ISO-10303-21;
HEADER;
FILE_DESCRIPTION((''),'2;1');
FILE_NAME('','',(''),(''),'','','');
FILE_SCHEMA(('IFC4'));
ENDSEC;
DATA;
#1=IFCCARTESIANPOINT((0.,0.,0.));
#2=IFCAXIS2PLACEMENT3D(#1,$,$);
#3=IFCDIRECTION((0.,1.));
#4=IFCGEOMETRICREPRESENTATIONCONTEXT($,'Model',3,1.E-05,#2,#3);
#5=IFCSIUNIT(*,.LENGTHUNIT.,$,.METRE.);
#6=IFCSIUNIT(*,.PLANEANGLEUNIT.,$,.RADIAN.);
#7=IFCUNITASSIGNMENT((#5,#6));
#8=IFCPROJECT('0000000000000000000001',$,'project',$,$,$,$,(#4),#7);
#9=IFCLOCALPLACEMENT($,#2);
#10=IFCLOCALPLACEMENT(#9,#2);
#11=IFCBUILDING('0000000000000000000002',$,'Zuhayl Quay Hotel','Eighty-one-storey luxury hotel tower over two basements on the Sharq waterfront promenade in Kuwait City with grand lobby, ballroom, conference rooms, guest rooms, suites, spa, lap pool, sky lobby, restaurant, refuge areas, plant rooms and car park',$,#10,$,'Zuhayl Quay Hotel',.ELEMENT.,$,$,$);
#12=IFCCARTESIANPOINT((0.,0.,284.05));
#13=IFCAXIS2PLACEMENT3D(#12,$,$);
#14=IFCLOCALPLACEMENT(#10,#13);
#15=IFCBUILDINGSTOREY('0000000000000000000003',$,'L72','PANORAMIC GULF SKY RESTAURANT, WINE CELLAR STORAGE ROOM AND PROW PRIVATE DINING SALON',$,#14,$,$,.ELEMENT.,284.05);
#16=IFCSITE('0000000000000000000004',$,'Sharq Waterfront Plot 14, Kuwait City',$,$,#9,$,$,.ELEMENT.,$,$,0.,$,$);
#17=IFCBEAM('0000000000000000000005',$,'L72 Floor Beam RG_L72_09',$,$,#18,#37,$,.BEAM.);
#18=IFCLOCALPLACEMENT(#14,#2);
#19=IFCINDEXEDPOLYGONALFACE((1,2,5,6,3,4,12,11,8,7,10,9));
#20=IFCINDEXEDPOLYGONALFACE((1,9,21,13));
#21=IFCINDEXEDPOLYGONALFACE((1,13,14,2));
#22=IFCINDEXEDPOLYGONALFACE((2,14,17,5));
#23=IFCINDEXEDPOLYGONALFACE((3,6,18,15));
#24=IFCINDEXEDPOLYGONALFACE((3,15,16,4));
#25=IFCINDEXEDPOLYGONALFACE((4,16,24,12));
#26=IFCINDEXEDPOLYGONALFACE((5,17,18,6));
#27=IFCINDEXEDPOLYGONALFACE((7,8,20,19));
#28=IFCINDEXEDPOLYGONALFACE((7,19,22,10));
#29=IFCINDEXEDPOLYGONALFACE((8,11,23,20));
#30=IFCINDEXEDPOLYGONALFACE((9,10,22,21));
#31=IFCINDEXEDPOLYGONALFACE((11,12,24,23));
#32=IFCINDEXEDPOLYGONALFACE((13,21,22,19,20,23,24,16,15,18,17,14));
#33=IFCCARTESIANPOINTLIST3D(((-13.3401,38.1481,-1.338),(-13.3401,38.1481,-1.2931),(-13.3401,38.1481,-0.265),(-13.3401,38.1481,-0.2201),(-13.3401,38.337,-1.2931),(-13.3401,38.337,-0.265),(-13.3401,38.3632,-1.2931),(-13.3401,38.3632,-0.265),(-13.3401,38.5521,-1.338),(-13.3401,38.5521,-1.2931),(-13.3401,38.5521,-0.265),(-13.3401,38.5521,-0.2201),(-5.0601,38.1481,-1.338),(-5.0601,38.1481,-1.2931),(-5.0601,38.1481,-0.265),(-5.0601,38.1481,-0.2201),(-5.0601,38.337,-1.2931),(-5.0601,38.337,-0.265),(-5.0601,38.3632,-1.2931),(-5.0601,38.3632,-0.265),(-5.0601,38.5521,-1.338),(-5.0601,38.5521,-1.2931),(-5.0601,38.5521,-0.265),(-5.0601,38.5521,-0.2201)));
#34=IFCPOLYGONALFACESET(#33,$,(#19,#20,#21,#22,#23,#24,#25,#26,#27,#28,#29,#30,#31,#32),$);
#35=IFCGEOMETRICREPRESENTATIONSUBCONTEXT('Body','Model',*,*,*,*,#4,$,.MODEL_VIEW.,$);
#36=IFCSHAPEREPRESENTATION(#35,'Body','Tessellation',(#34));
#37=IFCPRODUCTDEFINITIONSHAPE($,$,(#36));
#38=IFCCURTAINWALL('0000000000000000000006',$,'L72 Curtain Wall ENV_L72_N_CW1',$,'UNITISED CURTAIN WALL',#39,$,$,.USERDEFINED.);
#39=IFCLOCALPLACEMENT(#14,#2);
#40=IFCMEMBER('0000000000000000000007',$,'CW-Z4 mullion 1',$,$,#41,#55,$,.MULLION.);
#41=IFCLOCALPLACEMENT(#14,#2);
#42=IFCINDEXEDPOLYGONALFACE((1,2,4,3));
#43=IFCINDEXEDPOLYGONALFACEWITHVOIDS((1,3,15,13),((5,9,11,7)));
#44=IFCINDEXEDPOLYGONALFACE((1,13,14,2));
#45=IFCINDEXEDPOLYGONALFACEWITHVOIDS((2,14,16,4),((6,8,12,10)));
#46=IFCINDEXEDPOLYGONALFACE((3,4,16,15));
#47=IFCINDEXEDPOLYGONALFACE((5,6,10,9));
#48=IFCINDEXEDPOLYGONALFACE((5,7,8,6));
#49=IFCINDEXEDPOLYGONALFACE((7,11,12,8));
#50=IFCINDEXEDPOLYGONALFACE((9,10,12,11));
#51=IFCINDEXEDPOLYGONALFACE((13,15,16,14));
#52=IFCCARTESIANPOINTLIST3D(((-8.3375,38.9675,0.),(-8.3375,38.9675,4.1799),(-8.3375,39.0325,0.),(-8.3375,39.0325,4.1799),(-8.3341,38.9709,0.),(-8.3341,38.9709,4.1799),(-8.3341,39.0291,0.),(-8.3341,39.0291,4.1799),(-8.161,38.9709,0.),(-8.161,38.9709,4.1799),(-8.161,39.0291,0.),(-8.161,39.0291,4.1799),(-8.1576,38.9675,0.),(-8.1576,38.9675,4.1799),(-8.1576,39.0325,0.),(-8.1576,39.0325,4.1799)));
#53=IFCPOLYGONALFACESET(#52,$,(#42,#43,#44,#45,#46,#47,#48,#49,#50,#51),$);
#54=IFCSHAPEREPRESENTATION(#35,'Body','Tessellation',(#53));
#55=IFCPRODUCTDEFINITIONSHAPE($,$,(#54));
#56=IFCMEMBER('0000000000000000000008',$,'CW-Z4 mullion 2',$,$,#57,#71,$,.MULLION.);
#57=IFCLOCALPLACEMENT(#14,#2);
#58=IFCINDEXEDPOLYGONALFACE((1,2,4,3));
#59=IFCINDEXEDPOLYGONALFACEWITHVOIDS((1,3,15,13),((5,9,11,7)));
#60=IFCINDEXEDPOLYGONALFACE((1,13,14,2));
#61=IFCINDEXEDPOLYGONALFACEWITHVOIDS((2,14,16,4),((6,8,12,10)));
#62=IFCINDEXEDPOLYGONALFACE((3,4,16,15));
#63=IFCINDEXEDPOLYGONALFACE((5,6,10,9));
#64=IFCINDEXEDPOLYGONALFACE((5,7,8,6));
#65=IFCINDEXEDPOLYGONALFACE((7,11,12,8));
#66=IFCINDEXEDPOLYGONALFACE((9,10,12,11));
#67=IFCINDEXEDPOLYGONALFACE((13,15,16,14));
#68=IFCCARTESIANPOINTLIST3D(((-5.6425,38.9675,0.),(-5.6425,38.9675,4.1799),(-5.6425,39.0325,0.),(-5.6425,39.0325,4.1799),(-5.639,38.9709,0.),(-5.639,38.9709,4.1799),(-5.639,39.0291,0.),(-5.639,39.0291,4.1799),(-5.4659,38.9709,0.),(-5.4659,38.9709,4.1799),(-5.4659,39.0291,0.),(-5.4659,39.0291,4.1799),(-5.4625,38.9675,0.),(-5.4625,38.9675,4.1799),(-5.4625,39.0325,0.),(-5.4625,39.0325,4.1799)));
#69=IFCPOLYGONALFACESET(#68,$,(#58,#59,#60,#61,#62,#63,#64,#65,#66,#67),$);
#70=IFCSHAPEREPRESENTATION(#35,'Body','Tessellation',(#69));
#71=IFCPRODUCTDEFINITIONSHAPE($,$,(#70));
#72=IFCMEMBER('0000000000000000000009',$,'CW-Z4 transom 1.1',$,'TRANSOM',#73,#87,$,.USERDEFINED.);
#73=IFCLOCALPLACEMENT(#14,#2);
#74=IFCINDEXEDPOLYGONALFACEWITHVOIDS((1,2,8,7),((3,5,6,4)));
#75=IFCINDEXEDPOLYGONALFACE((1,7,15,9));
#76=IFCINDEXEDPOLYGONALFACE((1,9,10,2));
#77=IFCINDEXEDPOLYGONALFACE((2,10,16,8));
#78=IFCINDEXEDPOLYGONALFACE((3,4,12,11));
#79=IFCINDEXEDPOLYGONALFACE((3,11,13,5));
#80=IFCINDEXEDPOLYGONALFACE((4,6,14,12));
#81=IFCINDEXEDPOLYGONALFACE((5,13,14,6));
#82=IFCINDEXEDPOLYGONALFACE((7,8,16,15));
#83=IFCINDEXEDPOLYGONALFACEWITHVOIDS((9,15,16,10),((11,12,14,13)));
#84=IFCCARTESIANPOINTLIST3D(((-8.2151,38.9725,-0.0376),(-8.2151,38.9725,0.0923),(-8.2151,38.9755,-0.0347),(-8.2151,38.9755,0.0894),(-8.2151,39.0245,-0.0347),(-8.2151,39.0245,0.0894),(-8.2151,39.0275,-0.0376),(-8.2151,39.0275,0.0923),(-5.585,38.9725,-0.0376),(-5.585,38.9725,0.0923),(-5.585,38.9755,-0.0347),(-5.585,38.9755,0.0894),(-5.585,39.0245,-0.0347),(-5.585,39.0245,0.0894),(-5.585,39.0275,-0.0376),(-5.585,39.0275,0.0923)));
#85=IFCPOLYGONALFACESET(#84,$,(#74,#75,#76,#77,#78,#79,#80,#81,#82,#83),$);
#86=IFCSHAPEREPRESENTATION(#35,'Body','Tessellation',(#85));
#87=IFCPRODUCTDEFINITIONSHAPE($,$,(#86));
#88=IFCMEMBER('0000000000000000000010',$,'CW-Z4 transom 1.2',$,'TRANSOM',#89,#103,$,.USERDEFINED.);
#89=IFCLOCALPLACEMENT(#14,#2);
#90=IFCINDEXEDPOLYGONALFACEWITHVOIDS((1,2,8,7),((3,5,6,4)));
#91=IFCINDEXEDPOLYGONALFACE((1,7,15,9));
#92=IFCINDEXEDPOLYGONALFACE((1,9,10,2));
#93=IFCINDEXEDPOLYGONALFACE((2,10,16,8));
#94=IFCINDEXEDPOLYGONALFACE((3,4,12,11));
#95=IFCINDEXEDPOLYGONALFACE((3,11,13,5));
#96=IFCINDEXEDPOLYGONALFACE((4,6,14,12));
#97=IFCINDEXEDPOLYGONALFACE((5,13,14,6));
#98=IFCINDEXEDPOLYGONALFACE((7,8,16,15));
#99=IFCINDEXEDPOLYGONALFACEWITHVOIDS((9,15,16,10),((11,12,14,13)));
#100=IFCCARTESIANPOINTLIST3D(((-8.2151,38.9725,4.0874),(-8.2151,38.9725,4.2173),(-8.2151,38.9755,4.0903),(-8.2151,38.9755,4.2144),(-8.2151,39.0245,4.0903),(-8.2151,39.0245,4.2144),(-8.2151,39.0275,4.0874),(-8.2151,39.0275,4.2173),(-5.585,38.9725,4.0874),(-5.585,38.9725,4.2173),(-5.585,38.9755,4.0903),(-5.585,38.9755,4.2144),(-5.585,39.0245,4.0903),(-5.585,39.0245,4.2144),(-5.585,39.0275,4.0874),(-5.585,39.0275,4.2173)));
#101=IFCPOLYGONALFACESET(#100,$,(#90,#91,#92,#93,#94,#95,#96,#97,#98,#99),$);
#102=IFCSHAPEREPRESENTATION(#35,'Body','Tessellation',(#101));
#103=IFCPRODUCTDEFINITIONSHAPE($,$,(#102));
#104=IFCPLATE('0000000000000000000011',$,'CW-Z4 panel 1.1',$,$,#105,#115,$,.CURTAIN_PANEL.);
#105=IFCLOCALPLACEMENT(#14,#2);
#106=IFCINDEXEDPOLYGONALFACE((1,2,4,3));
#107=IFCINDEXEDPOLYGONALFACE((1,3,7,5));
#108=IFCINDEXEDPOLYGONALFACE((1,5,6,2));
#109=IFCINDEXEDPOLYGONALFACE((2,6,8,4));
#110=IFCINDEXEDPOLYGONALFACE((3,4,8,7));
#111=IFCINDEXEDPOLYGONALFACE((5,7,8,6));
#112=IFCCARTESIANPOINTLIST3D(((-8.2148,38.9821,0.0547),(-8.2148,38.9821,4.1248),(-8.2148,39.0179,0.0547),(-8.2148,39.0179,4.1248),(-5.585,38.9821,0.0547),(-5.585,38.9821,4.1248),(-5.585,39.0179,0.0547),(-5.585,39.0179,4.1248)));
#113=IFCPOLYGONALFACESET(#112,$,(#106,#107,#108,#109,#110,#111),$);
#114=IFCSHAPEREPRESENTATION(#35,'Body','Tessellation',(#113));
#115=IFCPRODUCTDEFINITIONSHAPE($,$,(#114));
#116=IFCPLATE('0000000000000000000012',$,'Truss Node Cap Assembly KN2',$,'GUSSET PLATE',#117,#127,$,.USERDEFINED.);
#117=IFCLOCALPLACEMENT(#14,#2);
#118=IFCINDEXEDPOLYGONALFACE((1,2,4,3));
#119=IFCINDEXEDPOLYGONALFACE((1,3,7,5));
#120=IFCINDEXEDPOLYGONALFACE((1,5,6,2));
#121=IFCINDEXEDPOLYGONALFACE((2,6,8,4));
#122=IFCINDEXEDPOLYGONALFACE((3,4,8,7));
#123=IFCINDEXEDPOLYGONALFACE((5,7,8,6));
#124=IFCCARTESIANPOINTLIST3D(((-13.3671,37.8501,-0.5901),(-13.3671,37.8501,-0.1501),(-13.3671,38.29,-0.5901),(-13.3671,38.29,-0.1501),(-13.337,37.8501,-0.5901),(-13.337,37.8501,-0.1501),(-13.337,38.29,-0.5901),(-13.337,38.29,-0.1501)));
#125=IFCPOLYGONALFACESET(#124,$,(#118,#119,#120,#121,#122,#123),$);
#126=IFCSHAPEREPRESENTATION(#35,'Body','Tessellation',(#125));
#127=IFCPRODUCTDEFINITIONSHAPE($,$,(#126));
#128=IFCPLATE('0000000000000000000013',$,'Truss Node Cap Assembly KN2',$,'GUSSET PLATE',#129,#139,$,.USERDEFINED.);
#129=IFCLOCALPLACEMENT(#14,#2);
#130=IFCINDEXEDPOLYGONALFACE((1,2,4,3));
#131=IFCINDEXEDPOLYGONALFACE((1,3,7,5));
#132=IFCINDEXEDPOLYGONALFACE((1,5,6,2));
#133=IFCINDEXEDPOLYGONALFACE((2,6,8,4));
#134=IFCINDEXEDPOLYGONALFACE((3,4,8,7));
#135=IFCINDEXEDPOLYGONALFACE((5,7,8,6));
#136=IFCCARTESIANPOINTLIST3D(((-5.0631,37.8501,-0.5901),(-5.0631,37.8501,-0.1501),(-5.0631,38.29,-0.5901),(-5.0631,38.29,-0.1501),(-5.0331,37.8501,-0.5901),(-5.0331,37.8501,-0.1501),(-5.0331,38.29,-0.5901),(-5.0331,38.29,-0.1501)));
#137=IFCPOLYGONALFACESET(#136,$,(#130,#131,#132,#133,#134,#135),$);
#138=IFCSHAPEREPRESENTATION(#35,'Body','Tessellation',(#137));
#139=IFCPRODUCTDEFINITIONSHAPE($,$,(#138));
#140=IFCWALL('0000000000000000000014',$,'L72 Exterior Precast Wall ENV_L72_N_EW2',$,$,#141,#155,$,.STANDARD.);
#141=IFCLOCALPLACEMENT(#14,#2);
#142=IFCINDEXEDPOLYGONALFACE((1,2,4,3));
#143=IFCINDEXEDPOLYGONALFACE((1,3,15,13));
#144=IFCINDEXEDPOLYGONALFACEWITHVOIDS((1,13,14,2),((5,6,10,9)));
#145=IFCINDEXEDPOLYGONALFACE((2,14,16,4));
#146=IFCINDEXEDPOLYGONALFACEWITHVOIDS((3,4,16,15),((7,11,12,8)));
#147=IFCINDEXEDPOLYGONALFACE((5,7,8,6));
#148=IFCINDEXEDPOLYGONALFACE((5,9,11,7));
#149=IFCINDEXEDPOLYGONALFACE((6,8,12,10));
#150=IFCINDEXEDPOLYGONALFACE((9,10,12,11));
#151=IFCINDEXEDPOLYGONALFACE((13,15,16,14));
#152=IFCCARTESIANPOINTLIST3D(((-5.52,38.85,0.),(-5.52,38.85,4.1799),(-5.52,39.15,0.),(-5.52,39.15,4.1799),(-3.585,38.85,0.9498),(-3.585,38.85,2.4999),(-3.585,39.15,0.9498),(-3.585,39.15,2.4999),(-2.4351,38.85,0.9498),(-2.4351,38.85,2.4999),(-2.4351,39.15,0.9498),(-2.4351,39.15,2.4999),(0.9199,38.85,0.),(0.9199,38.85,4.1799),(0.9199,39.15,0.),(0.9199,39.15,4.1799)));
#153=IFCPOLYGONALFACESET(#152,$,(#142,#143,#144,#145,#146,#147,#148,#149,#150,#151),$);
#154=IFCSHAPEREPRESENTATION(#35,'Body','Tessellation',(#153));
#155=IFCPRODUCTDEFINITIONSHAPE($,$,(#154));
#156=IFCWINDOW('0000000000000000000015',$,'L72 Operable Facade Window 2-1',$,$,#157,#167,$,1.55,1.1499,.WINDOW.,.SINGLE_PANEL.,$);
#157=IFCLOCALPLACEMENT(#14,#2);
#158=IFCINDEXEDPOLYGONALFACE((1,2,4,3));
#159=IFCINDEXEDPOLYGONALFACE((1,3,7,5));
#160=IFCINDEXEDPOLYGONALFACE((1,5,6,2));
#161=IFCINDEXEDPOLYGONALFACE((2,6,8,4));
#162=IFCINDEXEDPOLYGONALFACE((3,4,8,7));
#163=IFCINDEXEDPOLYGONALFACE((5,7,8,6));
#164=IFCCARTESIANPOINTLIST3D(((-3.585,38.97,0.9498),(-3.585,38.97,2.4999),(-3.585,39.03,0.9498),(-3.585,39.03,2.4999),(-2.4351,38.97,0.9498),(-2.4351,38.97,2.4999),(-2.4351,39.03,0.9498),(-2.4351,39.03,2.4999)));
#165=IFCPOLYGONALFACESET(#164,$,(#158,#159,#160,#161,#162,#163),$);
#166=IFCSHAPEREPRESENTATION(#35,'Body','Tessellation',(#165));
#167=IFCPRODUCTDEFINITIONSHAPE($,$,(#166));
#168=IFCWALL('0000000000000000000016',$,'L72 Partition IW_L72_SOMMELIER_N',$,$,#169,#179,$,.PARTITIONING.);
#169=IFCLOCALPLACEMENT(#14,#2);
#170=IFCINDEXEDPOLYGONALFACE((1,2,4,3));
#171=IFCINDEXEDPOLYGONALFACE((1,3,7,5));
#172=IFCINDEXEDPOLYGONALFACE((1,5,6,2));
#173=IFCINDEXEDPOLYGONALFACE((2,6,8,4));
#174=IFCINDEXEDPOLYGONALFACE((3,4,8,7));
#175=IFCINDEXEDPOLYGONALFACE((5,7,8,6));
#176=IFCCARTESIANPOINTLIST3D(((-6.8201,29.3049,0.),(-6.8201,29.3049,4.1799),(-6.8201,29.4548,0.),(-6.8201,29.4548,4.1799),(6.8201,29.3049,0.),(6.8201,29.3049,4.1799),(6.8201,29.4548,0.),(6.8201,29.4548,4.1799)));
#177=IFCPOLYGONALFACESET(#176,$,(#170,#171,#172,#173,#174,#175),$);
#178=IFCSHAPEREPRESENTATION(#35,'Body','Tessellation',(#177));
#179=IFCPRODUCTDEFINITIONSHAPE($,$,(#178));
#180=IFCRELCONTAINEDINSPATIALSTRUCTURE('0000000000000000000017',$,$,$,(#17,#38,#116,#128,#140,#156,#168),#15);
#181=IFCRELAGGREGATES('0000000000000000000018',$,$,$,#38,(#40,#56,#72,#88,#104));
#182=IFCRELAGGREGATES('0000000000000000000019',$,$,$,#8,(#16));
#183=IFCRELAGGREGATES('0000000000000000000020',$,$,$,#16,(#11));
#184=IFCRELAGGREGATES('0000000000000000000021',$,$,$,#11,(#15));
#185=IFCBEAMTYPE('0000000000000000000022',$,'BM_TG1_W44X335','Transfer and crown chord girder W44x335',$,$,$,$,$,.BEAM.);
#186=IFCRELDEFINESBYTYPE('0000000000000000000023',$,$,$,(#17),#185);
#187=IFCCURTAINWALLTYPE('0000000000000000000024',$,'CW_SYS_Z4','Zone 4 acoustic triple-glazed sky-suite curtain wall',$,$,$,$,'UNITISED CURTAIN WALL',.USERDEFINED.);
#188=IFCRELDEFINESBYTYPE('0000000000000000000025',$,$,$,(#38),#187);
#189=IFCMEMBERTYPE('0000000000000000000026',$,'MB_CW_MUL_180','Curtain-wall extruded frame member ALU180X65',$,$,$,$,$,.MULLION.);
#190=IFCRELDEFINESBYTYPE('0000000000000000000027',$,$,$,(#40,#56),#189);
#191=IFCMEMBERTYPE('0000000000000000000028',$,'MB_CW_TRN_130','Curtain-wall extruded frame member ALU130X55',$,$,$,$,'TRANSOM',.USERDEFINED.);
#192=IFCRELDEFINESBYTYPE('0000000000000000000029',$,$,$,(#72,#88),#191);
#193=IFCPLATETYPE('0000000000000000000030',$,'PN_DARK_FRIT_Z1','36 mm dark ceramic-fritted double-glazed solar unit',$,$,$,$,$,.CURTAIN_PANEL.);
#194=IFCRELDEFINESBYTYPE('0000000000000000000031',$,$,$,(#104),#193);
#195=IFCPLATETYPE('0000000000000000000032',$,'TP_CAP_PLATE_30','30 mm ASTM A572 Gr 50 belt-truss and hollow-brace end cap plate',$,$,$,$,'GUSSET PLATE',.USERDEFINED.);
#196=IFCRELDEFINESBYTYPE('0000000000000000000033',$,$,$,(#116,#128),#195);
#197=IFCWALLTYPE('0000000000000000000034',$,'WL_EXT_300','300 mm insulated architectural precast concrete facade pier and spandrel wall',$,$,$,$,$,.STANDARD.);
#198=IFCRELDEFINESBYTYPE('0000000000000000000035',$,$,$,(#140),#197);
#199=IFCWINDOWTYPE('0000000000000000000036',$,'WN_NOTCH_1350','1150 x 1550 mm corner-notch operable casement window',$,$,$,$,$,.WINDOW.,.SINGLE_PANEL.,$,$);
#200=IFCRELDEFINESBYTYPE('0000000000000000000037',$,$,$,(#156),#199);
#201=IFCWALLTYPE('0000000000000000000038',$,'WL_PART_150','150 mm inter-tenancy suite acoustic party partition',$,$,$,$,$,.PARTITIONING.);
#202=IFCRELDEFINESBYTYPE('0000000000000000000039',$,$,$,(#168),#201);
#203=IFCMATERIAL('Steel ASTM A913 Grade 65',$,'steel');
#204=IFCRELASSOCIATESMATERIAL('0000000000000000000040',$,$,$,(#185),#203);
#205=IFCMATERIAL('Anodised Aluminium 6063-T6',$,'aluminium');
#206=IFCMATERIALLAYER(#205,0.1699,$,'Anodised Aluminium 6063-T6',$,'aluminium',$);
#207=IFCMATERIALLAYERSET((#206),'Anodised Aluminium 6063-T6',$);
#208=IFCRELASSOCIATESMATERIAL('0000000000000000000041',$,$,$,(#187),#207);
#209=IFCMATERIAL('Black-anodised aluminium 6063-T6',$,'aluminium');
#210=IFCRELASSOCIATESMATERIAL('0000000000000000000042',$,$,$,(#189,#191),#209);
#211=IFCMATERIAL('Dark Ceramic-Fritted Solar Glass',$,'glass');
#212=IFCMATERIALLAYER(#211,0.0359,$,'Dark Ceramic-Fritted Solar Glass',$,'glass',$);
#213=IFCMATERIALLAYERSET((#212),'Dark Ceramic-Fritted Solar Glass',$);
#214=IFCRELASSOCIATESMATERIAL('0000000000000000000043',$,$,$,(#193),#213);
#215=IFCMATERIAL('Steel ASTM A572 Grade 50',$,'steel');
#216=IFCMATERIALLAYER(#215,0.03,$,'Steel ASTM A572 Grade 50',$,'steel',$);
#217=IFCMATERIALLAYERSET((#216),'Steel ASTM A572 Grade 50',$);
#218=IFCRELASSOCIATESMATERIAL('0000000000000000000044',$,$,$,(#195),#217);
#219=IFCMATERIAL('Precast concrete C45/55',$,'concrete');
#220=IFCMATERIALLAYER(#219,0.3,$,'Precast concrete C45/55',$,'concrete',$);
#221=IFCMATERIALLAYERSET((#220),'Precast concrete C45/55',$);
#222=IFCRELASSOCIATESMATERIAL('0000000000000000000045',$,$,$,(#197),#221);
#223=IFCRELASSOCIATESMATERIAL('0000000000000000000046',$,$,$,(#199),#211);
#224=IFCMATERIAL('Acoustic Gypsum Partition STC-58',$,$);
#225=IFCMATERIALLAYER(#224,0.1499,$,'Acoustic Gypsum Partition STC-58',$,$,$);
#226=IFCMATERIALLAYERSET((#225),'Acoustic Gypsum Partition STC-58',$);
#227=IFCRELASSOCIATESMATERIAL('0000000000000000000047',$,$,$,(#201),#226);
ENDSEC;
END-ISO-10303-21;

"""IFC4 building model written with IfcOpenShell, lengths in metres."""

from ifc_helpers import new_model, si_unit, direction, frame, frame_2d, origin, origin_2d, place, context, subcontext, project, spatial, rectangle, hollow_rectangle, i_section, extrude, material, layer, layer_set, material_profile, profile_set, type_object, element, fill, aggregate, save


model = new_model("IFC4")

# Units and contexts
model_context = context("Model", 3, precision=1e-05, world=origin(), true_north=direction((0.0, 1.0)))
body_context = subcontext(model_context, "Body", "Model", "MODEL_VIEW")
ifc_project = project(units=[si_unit("LENGTHUNIT", "METRE"), si_unit("PLANEANGLEUNIT", "RADIAN")], contexts=[model_context])

# Site, building, storey
site_placement = place(None, origin())
site = spatial("IfcSite", under=ifc_project, at=site_placement, Name="Sharq Waterfront Plot 14, Kuwait City", CompositionType="ELEMENT", RefElevation=0.0)
building_placement = place(site_placement, origin())
building = spatial("IfcBuilding", under=site, at=building_placement, Name="Zuhayl Quay Hotel", Description="Eighty-one-storey luxury hotel tower over two basements on the Sharq waterfront promenade in Kuwait City with grand lobby, ballroom, conference rooms, guest rooms, suites, spa, lap pool, sky lobby, restaurant, refuge areas, plant rooms and car park", LongName="Zuhayl Quay Hotel", CompositionType="ELEMENT")
storey_placement = place(building_placement, frame((0.0, 0.0, 284.05)))
storey = spatial("IfcBuildingStorey", under=building, at=storey_placement, Name="L72", Description="PANORAMIC GULF SKY RESTAURANT, WINE CELLAR STORAGE ROOM AND PROW PRIVATE DINING SALON", CompositionType="ELEMENT", Elevation=284.05)

# Shared definitions
ifc_material_1 = material(Name="Steel ASTM A913 Grade 65", Category="steel")

# Beam
ifc_material_profile_1 = material_profile(ifc_material_1, i_section(OverallWidth=0.4041, OverallDepth=1.1179, WebThickness=0.0261, FlangeThickness=0.0449, at=origin_2d()), Name="W44X335")
ifc_profile_set_1 = profile_set([ifc_material_profile_1], Name="Steel ASTM A913 Grade 65")
beam_type_1 = type_object("IfcBeamType", Name="BM_TG1_W44X335", Description="Transfer and crown chord girder W44x335", PredefinedType="BEAM", material=ifc_profile_set_1)
beam_1_placement = place(storey_placement, frame((-5.0601, 38.3501, -0.7791), z_axis=(-1.0, 0.0, 0.0), x_axis=(0.0, -1.0, 0.0)))
element("IfcBeam", 1, at=beam_1_placement, inside=storey, type_object=beam_type_1, Name="L72 Floor Beam RG_L72_09", PredefinedType="BEAM", context=body_context, shape_type="SweptSolid", body=[
    extrude(i_section(OverallWidth=0.4041, OverallDepth=1.1179, WebThickness=0.0261, FlangeThickness=0.0449, at=origin_2d()), origin(), (0.0, 0.0, 1.0), 8.28),
])

# Curtain wall, members, plate
ifc_material_2 = material(Name="Anodised Aluminium 6063-T6", Category="aluminium")
ifc_layer_1 = layer(ifc_material_2, 0.1699, Name="Anodised Aluminium 6063-T6", Category="aluminium")
ifc_layer_set_1 = layer_set([ifc_layer_1], Name="Anodised Aluminium 6063-T6")
curtain_wall_type = type_object("IfcCurtainWallType", Name="CW_SYS_Z4", Description="Zone 4 acoustic triple-glazed sky-suite curtain wall", ElementType="UNITISED CURTAIN WALL", PredefinedType="USERDEFINED", material=ifc_layer_set_1)
curtain_wall_placement = place(storey_placement, origin())
curtain_wall = element("IfcCurtainWall", 2, at=curtain_wall_placement, inside=storey, type_object=curtain_wall_type, Name="L72 Curtain Wall ENV_L72_N_CW1", ObjectType="UNITISED CURTAIN WALL", PredefinedType="USERDEFINED")
ifc_material_3 = material(Name="Black-anodised aluminium 6063-T6", Category="aluminium")
ifc_material_profile_2 = material_profile(ifc_material_3, hollow_rectangle(XDim=0.0649, YDim=0.1799, WallThickness=0.0034, at=origin_2d()), Name="ALU180X65")
ifc_profile_set_2 = profile_set([ifc_material_profile_2], Name="Black-anodised aluminium 6063-T6")
member_type_1 = type_object("IfcMemberType", Name="MB_CW_MUL_180", Description="Curtain-wall extruded frame member ALU180X65", PredefinedType="MULLION", material=ifc_profile_set_2)
member_1_placement = place(storey_placement, frame((-8.2476, 39.0, 0.0), z_axis=(0.0, 0.0, 1.0), x_axis=(0.0, 1.0, 0.0)))
member_1 = element("IfcMember", 3, at=member_1_placement, type_object=member_type_1, Name="CW-Z4 mullion 1", PredefinedType="MULLION", context=body_context, shape_type="SweptSolid", body=[
    extrude(hollow_rectangle(XDim=0.0649, YDim=0.1799, WallThickness=0.0034, at=origin_2d()), origin(), (0.0, 0.0, 1.0), 4.1799),
])
member_2_placement = place(storey_placement, frame((-5.5525, 39.0, 0.0), z_axis=(0.0, 0.0, 1.0), x_axis=(0.0, 1.0, 0.0)))
member_2 = element("IfcMember", 4, at=member_2_placement, type_object=member_type_1, Name="CW-Z4 mullion 2", PredefinedType="MULLION", context=body_context, shape_type="SweptSolid", body=[
    extrude(hollow_rectangle(XDim=0.0649, YDim=0.1799, WallThickness=0.0034, at=origin_2d()), origin(), (0.0, 0.0, 1.0), 4.1799),
])
ifc_material_profile_3 = material_profile(ifc_material_3, hollow_rectangle(XDim=0.0549, YDim=0.1299, WallThickness=0.0029, at=origin_2d()), Name="ALU130X55")
ifc_profile_set_3 = profile_set([ifc_material_profile_3], Name="Black-anodised aluminium 6063-T6")
member_type_2 = type_object("IfcMemberType", Name="MB_CW_TRN_130", Description="Curtain-wall extruded frame member ALU130X55", ElementType="TRANSOM", PredefinedType="USERDEFINED", material=ifc_profile_set_3)
member_3_placement = place(storey_placement, frame((-8.2151, 39.0, 0.0273), z_axis=(1.0, 0.0, 0.0), x_axis=(0.0, 1.0, 0.0)))
member_3 = element("IfcMember", 5, at=member_3_placement, type_object=member_type_2, Name="CW-Z4 transom 1.1", ObjectType="TRANSOM", PredefinedType="USERDEFINED", context=body_context, shape_type="SweptSolid", body=[
    extrude(hollow_rectangle(XDim=0.0549, YDim=0.1299, WallThickness=0.0029, at=origin_2d()), origin(), (0.0, 0.0, 1.0), 2.6301),
])
member_4_placement = place(storey_placement, frame((-8.2151, 39.0, 4.1523), z_axis=(1.0, 0.0, 0.0), x_axis=(0.0, 1.0, 0.0)))
member_4 = element("IfcMember", 6, at=member_4_placement, type_object=member_type_2, Name="CW-Z4 transom 1.2", ObjectType="TRANSOM", PredefinedType="USERDEFINED", context=body_context, shape_type="SweptSolid", body=[
    extrude(hollow_rectangle(XDim=0.0549, YDim=0.1299, WallThickness=0.0029, at=origin_2d()), origin(), (0.0, 0.0, 1.0), 2.6301),
])
ifc_material_4 = material(Name="Dark Ceramic-Fritted Solar Glass", Category="glass")
ifc_layer_2 = layer(ifc_material_4, 0.0359, Name="Dark Ceramic-Fritted Solar Glass", Category="glass")
ifc_layer_set_2 = layer_set([ifc_layer_2], Name="Dark Ceramic-Fritted Solar Glass")
plate_type_1 = type_object("IfcPlateType", Name="PN_DARK_FRIT_Z1", Description="36 mm dark ceramic-fritted double-glazed solar unit", PredefinedType="CURTAIN_PANEL", material=ifc_layer_set_2)
plate_placement = place(storey_placement, frame((-6.8999, 39.0, 0.0547), z_axis=(0.0, 0.0, 1.0), x_axis=(1.0, 0.0, 0.0)))
plate = element("IfcPlate", 7, at=plate_placement, type_object=plate_type_1, Name="CW-Z4 panel 1.1", PredefinedType="CURTAIN_PANEL", context=body_context, shape_type="SweptSolid", body=[
    extrude(rectangle(XDim=2.6299, YDim=0.0359, at=origin_2d()), origin(), (0.0, 0.0, 1.0), 4.0701),
])
aggregate(curtain_wall, [member_1, member_2, member_3, member_4, plate])

# Plates
ifc_material_5 = material(Name="Steel ASTM A572 Grade 50", Category="steel")
ifc_layer_3 = layer(ifc_material_5, 0.03, Name="Steel ASTM A572 Grade 50", Category="steel")
ifc_layer_set_3 = layer_set([ifc_layer_3], Name="Steel ASTM A572 Grade 50")
plate_type_2 = type_object("IfcPlateType", Name="TP_CAP_PLATE_30", Description="30 mm ASTM A572 Gr 50 belt-truss and hollow-brace end cap plate", ElementType="GUSSET PLATE", PredefinedType="USERDEFINED", material=ifc_layer_set_3)
for number, where, z_axis, x_axis, name in (
    (8, (-13.3521, 38.0701, -0.5901), (0.0, 0.0, 1.0), (-1.0, 0.0, 0.0), "Truss Node Cap Assembly KN2"),
    (9, (-5.0481, 38.0701, -0.5901), (0.0, 0.0, 1.0), (1.0, 0.0, 0.0), "Truss Node Cap Assembly KN2"),
):
    element("IfcPlate", number, at=place(storey_placement, frame(where, z_axis=z_axis, x_axis=x_axis)), inside=storey, type_object=plate_type_2, Name=name, ObjectType="GUSSET PLATE", PredefinedType="USERDEFINED", context=body_context, shape_type="SweptSolid", body=[
        extrude(rectangle(XDim=0.03, YDim=0.4399, at=origin_2d()), origin(), (0.0, 0.0, 1.0), 0.4399),
    ])

# Wall, opening, window
ifc_material_6 = material(Name="Precast concrete C45/55", Category="concrete")
ifc_layer_4 = layer(ifc_material_6, 0.3, Name="Precast concrete C45/55", Category="concrete")
ifc_layer_set_4 = layer_set([ifc_layer_4], Name="Precast concrete C45/55")
wall_type_1 = type_object("IfcWallType", Name="WL_EXT_300", Description="300 mm insulated architectural precast concrete facade pier and spandrel wall", PredefinedType="STANDARD", material=ifc_layer_set_4)
wall_1_placement = place(storey_placement, frame((-5.52, 39.0, 0.0), z_axis=(0.0, 0.0, 1.0), x_axis=(1.0, 0.0, 0.0)))
wall_1 = element("IfcWall", 10, at=wall_1_placement, inside=storey, type_object=wall_type_1, Name="L72 Exterior Precast Wall ENV_L72_N_EW2", PredefinedType="STANDARD", context=body_context, shape_type="SweptSolid", body=[
    extrude(rectangle(XDim=6.4399, YDim=0.3, at=frame_2d((3.22, 0.0))), origin(), (0.0, 0.0, 1.0), 4.1799),
])
opening_placement = place(wall_1_placement, frame((1.9351, 0.0, 0.95)))
opening = element("IfcOpeningElement", 11, at=opening_placement, cuts=wall_1, PredefinedType="OPENING", context=body_context, shape_type="SweptSolid", body=[
    extrude(rectangle(XDim=1.1499, YDim=1.55, at=frame_2d((0.575, 0.7749))), frame((0.0, 0.1599, 0.0), z_axis=(0.0, -1.0, 0.0), x_axis=(1.0, 0.0, 0.0)), (0.0, 0.0, 1.0), 0.3201),
])
window_type = type_object("IfcWindowType", Name="WN_NOTCH_1350", Description="1150 x 1550 mm corner-notch operable casement window", PartitioningType="SINGLE_PANEL", PredefinedType="WINDOW", material=ifc_material_4)
window_placement = place(opening_placement, origin())
window = element("IfcWindow", 12, at=window_placement, inside=storey, type_object=window_type, Name="L72 Operable Facade Window 2-1", OverallHeight=1.55, OverallWidth=1.1499, PartitioningType="SINGLE_PANEL", PredefinedType="WINDOW", context=body_context, shape_type="SweptSolid", body=[
    extrude(rectangle(XDim=1.1499, YDim=1.55, at=frame_2d((0.575, 0.7749))), frame((0.0, 0.03, 0.0), z_axis=(0.0, -1.0, 0.0), x_axis=(1.0, 0.0, 0.0)), (0.0, 0.0, 1.0), 0.0601),
])
fill(opening, window)

# Wall
ifc_material_7 = material(Name="Acoustic Gypsum Partition STC-58")
ifc_layer_5 = layer(ifc_material_7, 0.1499, Name="Acoustic Gypsum Partition STC-58")
ifc_layer_set_5 = layer_set([ifc_layer_5], Name="Acoustic Gypsum Partition STC-58")
wall_type_2 = type_object("IfcWallType", Name="WL_PART_150", Description="150 mm inter-tenancy suite acoustic party partition", PredefinedType="PARTITIONING", material=ifc_layer_set_5)
wall_2_placement = place(storey_placement, frame((-6.8201, 29.3799, 0.0), z_axis=(0.0, 0.0, 1.0), x_axis=(1.0, 0.0, 0.0)))
element("IfcWall", 13, at=wall_2_placement, inside=storey, type_object=wall_type_2, Name="L72 Partition IW_L72_SOMMELIER_N", PredefinedType="PARTITIONING", context=body_context, shape_type="SweptSolid", body=[
    extrude(rectangle(XDim=13.6401, YDim=0.1499, at=frame_2d((6.8201, 0.0))), origin(), (0.0, 0.0, 1.0), 4.1799),
])

save(model, "model.ifc")
